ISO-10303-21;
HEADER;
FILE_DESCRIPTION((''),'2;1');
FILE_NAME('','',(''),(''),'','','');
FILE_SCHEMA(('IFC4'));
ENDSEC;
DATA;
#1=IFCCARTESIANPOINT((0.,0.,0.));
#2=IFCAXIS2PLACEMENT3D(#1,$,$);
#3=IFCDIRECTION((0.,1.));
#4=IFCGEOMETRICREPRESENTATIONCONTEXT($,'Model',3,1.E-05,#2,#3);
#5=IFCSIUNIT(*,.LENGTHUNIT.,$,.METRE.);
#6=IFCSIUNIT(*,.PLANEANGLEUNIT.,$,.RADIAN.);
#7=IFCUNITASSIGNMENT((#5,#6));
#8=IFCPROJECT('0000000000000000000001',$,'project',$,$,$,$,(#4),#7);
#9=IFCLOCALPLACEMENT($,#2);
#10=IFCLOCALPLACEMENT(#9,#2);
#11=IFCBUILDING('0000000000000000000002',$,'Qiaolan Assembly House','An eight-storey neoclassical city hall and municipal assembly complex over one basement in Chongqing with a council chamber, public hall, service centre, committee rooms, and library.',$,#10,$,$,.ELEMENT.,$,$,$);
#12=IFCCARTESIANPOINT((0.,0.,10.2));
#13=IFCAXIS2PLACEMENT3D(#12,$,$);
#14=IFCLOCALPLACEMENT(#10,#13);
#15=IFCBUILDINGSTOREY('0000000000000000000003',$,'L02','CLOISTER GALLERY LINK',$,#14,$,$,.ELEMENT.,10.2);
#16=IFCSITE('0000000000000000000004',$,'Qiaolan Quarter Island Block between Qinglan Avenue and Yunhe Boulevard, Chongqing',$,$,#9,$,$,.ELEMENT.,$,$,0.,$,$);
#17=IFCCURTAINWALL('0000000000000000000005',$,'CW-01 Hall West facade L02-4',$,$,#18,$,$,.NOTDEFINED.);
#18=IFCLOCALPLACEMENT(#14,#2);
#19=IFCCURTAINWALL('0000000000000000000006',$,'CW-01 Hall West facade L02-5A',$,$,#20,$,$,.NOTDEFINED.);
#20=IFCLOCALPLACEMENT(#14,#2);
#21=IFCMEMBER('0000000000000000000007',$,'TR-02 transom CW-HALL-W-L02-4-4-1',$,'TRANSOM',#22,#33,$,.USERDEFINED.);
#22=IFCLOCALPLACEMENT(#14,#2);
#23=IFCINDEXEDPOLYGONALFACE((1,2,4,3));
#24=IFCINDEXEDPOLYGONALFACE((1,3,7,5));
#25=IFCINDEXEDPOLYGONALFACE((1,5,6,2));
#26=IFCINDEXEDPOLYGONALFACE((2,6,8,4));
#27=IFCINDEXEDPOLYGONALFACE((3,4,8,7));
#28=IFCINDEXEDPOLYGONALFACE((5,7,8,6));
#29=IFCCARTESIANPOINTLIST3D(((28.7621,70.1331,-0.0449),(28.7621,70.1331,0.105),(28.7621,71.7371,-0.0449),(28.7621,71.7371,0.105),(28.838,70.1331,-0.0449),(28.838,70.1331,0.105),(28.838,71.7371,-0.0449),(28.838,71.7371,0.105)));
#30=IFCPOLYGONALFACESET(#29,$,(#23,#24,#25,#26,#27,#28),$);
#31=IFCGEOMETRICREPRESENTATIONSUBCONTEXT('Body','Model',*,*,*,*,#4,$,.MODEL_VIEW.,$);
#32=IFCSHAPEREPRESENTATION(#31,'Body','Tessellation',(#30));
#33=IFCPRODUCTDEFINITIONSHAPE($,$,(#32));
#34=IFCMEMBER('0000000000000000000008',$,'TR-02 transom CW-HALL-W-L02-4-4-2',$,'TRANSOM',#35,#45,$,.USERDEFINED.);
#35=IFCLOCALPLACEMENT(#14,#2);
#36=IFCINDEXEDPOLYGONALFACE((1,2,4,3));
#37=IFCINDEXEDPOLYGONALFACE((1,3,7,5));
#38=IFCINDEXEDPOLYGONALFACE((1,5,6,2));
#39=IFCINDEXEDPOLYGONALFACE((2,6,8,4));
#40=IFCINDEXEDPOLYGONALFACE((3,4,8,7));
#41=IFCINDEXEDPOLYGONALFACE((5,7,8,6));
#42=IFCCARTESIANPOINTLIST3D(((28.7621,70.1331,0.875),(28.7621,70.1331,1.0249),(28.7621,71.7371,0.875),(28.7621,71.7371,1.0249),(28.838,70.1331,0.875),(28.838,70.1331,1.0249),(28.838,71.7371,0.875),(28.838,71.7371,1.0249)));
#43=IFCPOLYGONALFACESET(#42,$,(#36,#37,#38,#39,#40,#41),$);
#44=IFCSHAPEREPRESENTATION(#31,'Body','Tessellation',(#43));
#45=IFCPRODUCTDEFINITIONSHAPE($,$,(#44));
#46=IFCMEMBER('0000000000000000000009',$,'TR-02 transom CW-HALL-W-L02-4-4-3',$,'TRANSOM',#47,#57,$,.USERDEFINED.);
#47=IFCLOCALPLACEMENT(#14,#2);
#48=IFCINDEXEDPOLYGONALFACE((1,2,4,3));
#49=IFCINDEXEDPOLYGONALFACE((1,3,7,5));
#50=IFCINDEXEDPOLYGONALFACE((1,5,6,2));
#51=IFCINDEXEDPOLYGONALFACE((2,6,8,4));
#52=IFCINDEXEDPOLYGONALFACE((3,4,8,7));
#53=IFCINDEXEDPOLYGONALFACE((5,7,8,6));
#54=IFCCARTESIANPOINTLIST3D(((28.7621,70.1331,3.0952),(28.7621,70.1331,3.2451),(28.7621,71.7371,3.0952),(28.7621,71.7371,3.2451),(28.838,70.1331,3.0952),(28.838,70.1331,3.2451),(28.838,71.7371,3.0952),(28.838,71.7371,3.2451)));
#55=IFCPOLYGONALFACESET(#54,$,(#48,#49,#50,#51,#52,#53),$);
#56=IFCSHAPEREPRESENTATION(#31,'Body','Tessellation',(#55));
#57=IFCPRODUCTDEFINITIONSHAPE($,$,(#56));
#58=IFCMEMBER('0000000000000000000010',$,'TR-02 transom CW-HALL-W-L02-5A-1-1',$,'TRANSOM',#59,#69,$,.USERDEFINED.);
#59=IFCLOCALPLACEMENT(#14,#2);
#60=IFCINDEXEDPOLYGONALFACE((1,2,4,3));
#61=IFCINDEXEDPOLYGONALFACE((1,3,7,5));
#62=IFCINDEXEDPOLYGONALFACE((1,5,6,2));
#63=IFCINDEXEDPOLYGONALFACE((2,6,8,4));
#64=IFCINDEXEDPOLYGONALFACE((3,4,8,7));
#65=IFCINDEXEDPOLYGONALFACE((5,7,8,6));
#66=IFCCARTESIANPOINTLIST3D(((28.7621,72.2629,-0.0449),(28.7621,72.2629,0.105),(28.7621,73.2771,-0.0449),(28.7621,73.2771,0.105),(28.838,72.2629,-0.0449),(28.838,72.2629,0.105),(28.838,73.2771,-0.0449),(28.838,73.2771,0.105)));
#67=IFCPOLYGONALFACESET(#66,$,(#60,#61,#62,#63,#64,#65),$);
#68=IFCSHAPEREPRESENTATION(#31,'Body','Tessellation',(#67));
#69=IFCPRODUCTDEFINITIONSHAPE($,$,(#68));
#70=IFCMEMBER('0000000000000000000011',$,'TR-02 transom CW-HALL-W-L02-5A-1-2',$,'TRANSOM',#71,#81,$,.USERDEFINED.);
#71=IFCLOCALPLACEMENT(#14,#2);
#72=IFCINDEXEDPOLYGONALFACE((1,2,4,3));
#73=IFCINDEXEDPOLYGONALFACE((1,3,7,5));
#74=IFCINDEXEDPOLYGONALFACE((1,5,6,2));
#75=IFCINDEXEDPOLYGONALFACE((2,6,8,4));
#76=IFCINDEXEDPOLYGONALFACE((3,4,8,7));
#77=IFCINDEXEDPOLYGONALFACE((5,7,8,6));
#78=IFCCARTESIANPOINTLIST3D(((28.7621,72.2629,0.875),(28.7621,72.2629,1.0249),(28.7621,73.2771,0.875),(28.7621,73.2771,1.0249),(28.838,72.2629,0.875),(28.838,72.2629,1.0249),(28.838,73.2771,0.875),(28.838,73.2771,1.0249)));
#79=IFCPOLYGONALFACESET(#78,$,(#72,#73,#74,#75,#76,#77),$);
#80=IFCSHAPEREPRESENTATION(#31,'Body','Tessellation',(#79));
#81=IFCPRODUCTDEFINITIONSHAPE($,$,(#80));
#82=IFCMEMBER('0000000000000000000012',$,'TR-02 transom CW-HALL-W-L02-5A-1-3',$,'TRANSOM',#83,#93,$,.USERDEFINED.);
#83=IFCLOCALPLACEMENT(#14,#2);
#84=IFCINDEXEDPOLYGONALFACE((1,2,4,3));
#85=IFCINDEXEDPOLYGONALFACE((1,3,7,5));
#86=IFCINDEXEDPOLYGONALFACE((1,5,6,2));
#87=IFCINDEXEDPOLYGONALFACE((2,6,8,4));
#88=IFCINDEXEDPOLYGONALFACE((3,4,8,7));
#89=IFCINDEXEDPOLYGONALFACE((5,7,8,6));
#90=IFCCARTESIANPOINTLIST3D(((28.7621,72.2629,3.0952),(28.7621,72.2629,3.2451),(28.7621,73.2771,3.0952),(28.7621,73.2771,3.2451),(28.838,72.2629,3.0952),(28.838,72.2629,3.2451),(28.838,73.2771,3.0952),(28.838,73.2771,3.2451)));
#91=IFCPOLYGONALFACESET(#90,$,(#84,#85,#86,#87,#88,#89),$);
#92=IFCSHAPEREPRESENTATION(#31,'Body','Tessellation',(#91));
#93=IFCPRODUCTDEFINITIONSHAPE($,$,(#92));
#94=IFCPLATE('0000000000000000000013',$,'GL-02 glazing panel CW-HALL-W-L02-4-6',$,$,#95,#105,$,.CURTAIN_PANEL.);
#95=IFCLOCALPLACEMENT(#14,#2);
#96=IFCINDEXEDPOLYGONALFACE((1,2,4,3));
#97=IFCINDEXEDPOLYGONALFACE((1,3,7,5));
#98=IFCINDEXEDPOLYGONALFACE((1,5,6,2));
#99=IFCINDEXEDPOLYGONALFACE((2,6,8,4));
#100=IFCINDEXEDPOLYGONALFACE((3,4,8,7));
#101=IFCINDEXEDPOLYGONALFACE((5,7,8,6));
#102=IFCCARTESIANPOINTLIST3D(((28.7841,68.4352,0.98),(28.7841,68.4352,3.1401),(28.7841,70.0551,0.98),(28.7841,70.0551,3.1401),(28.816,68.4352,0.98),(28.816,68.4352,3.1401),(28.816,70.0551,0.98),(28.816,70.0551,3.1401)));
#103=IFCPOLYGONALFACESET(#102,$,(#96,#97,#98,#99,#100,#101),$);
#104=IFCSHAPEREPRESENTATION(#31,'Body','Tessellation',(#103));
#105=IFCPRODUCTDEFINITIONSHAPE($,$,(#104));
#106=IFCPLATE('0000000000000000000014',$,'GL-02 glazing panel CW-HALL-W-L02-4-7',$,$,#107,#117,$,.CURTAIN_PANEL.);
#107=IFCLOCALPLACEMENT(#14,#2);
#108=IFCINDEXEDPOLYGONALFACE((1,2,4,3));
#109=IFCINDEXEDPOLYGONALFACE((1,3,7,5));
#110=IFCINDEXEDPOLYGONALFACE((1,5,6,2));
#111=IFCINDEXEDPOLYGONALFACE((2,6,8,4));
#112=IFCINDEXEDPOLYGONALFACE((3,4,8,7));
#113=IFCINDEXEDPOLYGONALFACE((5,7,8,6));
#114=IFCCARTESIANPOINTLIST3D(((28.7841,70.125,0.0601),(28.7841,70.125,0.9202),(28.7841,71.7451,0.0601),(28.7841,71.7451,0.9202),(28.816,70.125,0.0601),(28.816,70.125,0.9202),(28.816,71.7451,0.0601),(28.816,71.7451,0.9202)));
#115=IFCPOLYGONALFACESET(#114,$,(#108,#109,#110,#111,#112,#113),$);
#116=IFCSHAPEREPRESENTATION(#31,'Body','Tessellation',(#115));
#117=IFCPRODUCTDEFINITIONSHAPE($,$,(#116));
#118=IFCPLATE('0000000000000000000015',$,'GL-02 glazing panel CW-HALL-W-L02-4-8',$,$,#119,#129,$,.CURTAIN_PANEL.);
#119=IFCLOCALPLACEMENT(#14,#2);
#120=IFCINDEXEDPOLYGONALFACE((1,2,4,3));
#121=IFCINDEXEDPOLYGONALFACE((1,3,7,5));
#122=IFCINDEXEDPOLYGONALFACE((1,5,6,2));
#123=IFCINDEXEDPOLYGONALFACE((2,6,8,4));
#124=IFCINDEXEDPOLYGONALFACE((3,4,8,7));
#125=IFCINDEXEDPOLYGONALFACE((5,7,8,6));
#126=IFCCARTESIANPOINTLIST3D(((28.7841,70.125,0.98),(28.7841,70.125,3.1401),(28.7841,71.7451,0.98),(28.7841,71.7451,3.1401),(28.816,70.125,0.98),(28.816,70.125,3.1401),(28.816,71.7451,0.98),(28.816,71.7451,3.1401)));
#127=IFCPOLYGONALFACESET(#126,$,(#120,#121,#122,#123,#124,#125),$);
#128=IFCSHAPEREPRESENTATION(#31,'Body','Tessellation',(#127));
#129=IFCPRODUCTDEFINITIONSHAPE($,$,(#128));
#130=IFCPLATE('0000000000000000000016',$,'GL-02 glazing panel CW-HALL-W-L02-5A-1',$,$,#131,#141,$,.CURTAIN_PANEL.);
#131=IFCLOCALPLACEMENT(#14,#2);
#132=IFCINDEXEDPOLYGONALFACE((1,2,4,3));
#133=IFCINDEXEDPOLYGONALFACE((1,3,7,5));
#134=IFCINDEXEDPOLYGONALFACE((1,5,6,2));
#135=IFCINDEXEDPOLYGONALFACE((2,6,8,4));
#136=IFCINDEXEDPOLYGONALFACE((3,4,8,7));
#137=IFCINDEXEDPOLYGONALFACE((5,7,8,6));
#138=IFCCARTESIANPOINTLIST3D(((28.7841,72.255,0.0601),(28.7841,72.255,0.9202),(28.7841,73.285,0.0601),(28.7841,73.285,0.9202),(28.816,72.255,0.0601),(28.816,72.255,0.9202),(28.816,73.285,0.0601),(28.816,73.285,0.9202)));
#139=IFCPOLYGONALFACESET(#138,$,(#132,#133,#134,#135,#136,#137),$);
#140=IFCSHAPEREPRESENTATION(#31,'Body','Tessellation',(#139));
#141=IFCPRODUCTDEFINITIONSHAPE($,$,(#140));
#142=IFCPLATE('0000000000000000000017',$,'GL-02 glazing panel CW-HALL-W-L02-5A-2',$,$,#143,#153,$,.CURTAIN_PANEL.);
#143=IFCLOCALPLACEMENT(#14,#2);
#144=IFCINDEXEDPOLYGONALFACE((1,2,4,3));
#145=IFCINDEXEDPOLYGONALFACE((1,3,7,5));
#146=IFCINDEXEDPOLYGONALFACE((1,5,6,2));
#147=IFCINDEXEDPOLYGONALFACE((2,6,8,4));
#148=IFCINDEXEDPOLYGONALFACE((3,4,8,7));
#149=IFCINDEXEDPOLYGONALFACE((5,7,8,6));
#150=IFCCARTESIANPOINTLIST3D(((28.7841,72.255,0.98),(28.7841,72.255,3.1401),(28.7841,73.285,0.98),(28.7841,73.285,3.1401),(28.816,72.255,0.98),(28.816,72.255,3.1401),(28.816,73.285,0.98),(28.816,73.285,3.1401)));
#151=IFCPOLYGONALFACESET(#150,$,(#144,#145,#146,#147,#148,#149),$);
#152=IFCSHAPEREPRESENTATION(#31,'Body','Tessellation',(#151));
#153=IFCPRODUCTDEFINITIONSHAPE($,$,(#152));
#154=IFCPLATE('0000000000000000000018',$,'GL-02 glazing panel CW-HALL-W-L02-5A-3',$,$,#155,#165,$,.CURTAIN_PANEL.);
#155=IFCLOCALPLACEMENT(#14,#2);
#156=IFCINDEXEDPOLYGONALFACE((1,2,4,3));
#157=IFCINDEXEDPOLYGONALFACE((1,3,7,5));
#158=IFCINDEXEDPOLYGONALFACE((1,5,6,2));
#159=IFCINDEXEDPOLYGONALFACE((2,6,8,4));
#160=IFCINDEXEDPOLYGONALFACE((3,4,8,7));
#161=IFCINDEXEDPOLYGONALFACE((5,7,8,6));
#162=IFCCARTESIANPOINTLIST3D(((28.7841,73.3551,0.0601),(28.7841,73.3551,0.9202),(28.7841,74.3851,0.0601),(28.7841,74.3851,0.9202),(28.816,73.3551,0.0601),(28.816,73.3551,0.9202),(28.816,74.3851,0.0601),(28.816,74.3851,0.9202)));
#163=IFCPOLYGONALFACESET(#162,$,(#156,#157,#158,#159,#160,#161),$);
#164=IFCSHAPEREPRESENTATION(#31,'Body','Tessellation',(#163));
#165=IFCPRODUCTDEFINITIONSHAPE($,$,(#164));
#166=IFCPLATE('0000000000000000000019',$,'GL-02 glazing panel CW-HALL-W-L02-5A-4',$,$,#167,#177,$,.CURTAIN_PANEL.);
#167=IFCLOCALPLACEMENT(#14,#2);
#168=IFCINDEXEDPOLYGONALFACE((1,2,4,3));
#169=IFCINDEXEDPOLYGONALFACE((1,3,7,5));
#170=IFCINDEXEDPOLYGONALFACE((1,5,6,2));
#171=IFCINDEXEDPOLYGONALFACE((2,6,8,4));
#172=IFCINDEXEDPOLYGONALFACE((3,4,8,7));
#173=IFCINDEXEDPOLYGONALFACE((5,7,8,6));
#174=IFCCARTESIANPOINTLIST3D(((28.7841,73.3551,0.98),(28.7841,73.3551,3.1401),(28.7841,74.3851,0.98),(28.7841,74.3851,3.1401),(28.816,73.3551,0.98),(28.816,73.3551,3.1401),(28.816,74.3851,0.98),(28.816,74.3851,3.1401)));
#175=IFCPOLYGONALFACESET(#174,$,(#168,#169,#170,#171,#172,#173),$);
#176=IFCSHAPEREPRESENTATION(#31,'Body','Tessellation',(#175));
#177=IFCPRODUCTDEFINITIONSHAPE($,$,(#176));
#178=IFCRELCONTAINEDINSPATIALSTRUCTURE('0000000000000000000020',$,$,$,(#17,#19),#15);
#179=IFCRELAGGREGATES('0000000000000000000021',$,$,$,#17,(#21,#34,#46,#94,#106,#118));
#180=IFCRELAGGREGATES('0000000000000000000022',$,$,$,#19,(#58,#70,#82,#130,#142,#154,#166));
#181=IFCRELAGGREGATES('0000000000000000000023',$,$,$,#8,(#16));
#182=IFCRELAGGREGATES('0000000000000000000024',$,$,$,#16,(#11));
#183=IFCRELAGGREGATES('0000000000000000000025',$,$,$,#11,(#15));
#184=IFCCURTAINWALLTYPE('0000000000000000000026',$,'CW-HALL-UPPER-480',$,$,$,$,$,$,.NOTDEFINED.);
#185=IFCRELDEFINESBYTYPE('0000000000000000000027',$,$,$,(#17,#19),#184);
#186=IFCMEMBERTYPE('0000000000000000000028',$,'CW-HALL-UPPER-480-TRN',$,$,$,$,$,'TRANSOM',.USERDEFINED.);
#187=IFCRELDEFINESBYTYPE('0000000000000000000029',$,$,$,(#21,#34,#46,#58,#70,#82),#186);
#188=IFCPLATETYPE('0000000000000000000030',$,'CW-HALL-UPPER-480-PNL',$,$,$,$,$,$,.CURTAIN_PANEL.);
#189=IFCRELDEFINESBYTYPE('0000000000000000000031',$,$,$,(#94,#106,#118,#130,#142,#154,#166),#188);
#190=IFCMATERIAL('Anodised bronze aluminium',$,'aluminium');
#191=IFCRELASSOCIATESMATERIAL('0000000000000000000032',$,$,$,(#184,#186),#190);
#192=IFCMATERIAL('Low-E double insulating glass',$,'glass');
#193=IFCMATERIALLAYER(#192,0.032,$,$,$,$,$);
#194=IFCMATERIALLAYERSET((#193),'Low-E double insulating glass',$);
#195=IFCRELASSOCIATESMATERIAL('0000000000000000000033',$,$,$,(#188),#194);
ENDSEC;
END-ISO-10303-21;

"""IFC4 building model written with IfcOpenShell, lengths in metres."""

from ifc_helpers import new_model, si_unit, direction, frame, frame_2d, origin, origin_2d, place, context, subcontext, project, spatial, rectangle, extrude, material, layer, layer_set, material_profile, profile_set, type_object, element, aggregate, save


model = new_model("IFC4")

# Units and contexts
model_context = context("Model", 3, precision=1e-05, world=origin(), true_north=direction((0.0, 1.0)))
body_context = subcontext(model_context, "Body", "Model", "MODEL_VIEW")
ifc_project = project(units=[si_unit("LENGTHUNIT", "METRE"), si_unit("PLANEANGLEUNIT", "RADIAN")], contexts=[model_context])

# Site, building, storey
site_placement = place(None, origin())
site = spatial("IfcSite", under=ifc_project, at=site_placement, Name="Qiaolan Quarter Island Block between Qinglan Avenue and Yunhe Boulevard, Chongqing", CompositionType="ELEMENT", RefElevation=0.0)
building_placement = place(site_placement, origin())
building = spatial("IfcBuilding", under=site, at=building_placement, Name="Qiaolan Assembly House", Description="An eight-storey neoclassical city hall and municipal assembly complex over one basement in Chongqing with a council chamber, public hall, service centre, committee rooms, and library.", CompositionType="ELEMENT")
storey_placement = place(building_placement, frame((0.0, 0.0, 10.2)))
storey = spatial("IfcBuildingStorey", under=building, at=storey_placement, Name="L02", Description="CLOISTER GALLERY LINK", CompositionType="ELEMENT", Elevation=10.2)

# Curtain walls
ifc_material_1 = material(Name="Anodised bronze aluminium", Category="aluminium")
curtain_wall_type = type_object("IfcCurtainWallType", Name="CW-HALL-UPPER-480", PredefinedType="NOTDEFINED", material=ifc_material_1)
curtain_wall_1_placement = place(storey_placement, origin())
curtain_wall_1 = element("IfcCurtainWall", 1, at=curtain_wall_1_placement, inside=storey, type_object=curtain_wall_type, Name="CW-01 Hall West facade L02-4", PredefinedType="NOTDEFINED")
curtain_wall_2_placement = place(storey_placement, origin())
curtain_wall_2 = element("IfcCurtainWall", 2, at=curtain_wall_2_placement, inside=storey, type_object=curtain_wall_type, Name="CW-01 Hall West facade L02-5A", PredefinedType="NOTDEFINED")

# Members
ifc_material_profile_1 = material_profile(ifc_material_1, rectangle(XDim=0.0759, YDim=0.1499, at=origin_2d()), Name="TRN 76x150")
ifc_profile_set_1 = profile_set([ifc_material_profile_1], Name="Anodised bronze aluminium")
member_type_1 = type_object("IfcMemberType", Name="CW-HALL-UPPER-480-TRN", ElementType="TRANSOM", PredefinedType="USERDEFINED", material=ifc_profile_set_1)
member_1_placement = place(storey_placement, frame((28.8, 70.1331, 0.03), z_axis=(0.0, 1.0, 0.0), x_axis=(-1.0, 0.0, 0.0)))
member_1 = element("IfcMember", 3, at=member_1_placement, type_object=member_type_1, Name="TR-02 transom CW-HALL-W-L02-4-4-1", ObjectType="TRANSOM", PredefinedType="USERDEFINED", context=body_context, shape_type="SweptSolid", body=[
    extrude(rectangle(XDim=0.0759, YDim=0.1499, at=origin_2d()), origin(), (0.0, 0.0, 1.0), 1.604),
])
member_2_placement = place(storey_placement, frame((28.8, 70.1331, 0.95), z_axis=(0.0, 1.0, 0.0), x_axis=(-1.0, 0.0, 0.0)))
member_2 = element("IfcMember", 4, at=member_2_placement, type_object=member_type_1, Name="TR-02 transom CW-HALL-W-L02-4-4-2", ObjectType="TRANSOM", PredefinedType="USERDEFINED", context=body_context, shape_type="SweptSolid", body=[
    extrude(rectangle(XDim=0.0759, YDim=0.1499, at=origin_2d()), origin(), (0.0, 0.0, 1.0), 1.604),
])
member_3_placement = place(storey_placement, frame((28.8, 70.1331, 3.1702), z_axis=(0.0, 1.0, 0.0), x_axis=(-1.0, 0.0, 0.0)))
member_3 = element("IfcMember", 5, at=member_3_placement, type_object=member_type_1, Name="TR-02 transom CW-HALL-W-L02-4-4-3", ObjectType="TRANSOM", PredefinedType="USERDEFINED", context=body_context, shape_type="SweptSolid", body=[
    extrude(rectangle(XDim=0.0759, YDim=0.1499, at=origin_2d()), origin(), (0.0, 0.0, 1.0), 1.604),
])
member_4_placement = place(storey_placement, frame((28.8, 72.2629, 0.03), z_axis=(0.0, 1.0, 0.0), x_axis=(-1.0, 0.0, 0.0)))
member_4 = element("IfcMember", 6, at=member_4_placement, type_object=member_type_1, Name="TR-02 transom CW-HALL-W-L02-5A-1-1", ObjectType="TRANSOM", PredefinedType="USERDEFINED", context=body_context, shape_type="SweptSolid", body=[
    extrude(rectangle(XDim=0.0759, YDim=0.1499, at=origin_2d()), origin(), (0.0, 0.0, 1.0), 1.0142),
])
member_5_placement = place(storey_placement, frame((28.8, 72.2629, 0.95), z_axis=(0.0, 1.0, 0.0), x_axis=(-1.0, 0.0, 0.0)))
member_5 = element("IfcMember", 7, at=member_5_placement, type_object=member_type_1, Name="TR-02 transom CW-HALL-W-L02-5A-1-2", ObjectType="TRANSOM", PredefinedType="USERDEFINED", context=body_context, shape_type="SweptSolid", body=[
    extrude(rectangle(XDim=0.0759, YDim=0.1499, at=origin_2d()), origin(), (0.0, 0.0, 1.0), 1.0142),
])
member_6_placement = place(storey_placement, frame((28.8, 72.2629, 3.1702), z_axis=(0.0, 1.0, 0.0), x_axis=(-1.0, 0.0, 0.0)))
member_6 = element("IfcMember", 8, at=member_6_placement, type_object=member_type_1, Name="TR-02 transom CW-HALL-W-L02-5A-1-3", ObjectType="TRANSOM", PredefinedType="USERDEFINED", context=body_context, shape_type="SweptSolid", body=[
    extrude(rectangle(XDim=0.0759, YDim=0.1499, at=origin_2d()), origin(), (0.0, 0.0, 1.0), 1.0142),
])

# Plates
ifc_material_2 = material(Name="Low-E double insulating glass", Category="glass")
ifc_layer = layer(ifc_material_2, 0.032)
ifc_layer_set = layer_set([ifc_layer], Name="Low-E double insulating glass")
plate_type = type_object("IfcPlateType", Name="CW-HALL-UPPER-480-PNL", PredefinedType="CURTAIN_PANEL", material=ifc_layer_set)
plate_1_placement = place(storey_placement, frame((28.8, 68.4351, 0.98), z_axis=(0.0, 0.0, 1.0), x_axis=(0.0, 1.0, 0.0)))
plate_1 = element("IfcPlate", 9, at=plate_1_placement, type_object=plate_type, Name="GL-02 glazing panel CW-HALL-W-L02-4-6", PredefinedType="CURTAIN_PANEL", context=body_context, shape_type="SweptSolid", body=[
    extrude(rectangle(XDim=1.6199, YDim=0.032, at=frame_2d((0.8101, 0.0))), origin(), (0.0, 0.0, 1.0), 2.1602),
])
plate_2_placement = place(storey_placement, frame((28.8, 70.125, 0.0601), z_axis=(0.0, 0.0, 1.0), x_axis=(0.0, 1.0, 0.0)))
plate_2 = element("IfcPlate", 10, at=plate_2_placement, type_object=plate_type, Name="GL-02 glazing panel CW-HALL-W-L02-4-7", PredefinedType="CURTAIN_PANEL", context=body_context, shape_type="SweptSolid", body=[
    extrude(rectangle(XDim=1.6201, YDim=0.032, at=frame_2d((0.8101, 0.0))), origin(), (0.0, 0.0, 1.0), 0.8601),
])
plate_3_placement = place(storey_placement, frame((28.8, 70.125, 0.98), z_axis=(0.0, 0.0, 1.0), x_axis=(0.0, 1.0, 0.0)))
plate_3 = element("IfcPlate", 11, at=plate_3_placement, type_object=plate_type, Name="GL-02 glazing panel CW-HALL-W-L02-4-8", PredefinedType="CURTAIN_PANEL", context=body_context, shape_type="SweptSolid", body=[
    extrude(rectangle(XDim=1.6201, YDim=0.032, at=frame_2d((0.8101, 0.0))), origin(), (0.0, 0.0, 1.0), 2.1602),
])
aggregate(curtain_wall_1, [member_1, member_2, member_3, plate_1, plate_2, plate_3])
plate_4_placement = place(storey_placement, frame((28.8, 72.2549, 0.0601), z_axis=(0.0, 0.0, 1.0), x_axis=(0.0, 1.0, 0.0)))
plate_4 = element("IfcPlate", 12, at=plate_4_placement, type_object=plate_type, Name="GL-02 glazing panel CW-HALL-W-L02-5A-1", PredefinedType="CURTAIN_PANEL", context=body_context, shape_type="SweptSolid", body=[
    extrude(rectangle(XDim=1.03, YDim=0.032, at=frame_2d((0.5151, 0.0))), origin(), (0.0, 0.0, 1.0), 0.8601),
])
plate_5_placement = place(storey_placement, frame((28.8, 72.2549, 0.98), z_axis=(0.0, 0.0, 1.0), x_axis=(0.0, 1.0, 0.0)))
plate_5 = element("IfcPlate", 13, at=plate_5_placement, type_object=plate_type, Name="GL-02 glazing panel CW-HALL-W-L02-5A-2", PredefinedType="CURTAIN_PANEL", context=body_context, shape_type="SweptSolid", body=[
    extrude(rectangle(XDim=1.03, YDim=0.032, at=frame_2d((0.5151, 0.0))), origin(), (0.0, 0.0, 1.0), 2.1602),
])
plate_6_placement = place(storey_placement, frame((28.8, 73.355, 0.0601), z_axis=(0.0, 0.0, 1.0), x_axis=(0.0, 1.0, 0.0)))
plate_6 = element("IfcPlate", 14, at=plate_6_placement, type_object=plate_type, Name="GL-02 glazing panel CW-HALL-W-L02-5A-3", PredefinedType="CURTAIN_PANEL", context=body_context, shape_type="SweptSolid", body=[
    extrude(rectangle(XDim=1.03, YDim=0.032, at=frame_2d((0.5151, 0.0))), origin(), (0.0, 0.0, 1.0), 0.8601),
])
plate_7_placement = place(storey_placement, frame((28.8, 73.355, 0.98), z_axis=(0.0, 0.0, 1.0), x_axis=(0.0, 1.0, 0.0)))
plate_7 = element("IfcPlate", 15, at=plate_7_placement, type_object=plate_type, Name="GL-02 glazing panel CW-HALL-W-L02-5A-4", PredefinedType="CURTAIN_PANEL", context=body_context, shape_type="SweptSolid", body=[
    extrude(rectangle(XDim=1.03, YDim=0.032, at=frame_2d((0.5151, 0.0))), origin(), (0.0, 0.0, 1.0), 2.1602),
])
aggregate(curtain_wall_2, [member_4, member_5, member_6, plate_4, plate_5, plate_6, plate_7])

save(model, "model.ifc")
